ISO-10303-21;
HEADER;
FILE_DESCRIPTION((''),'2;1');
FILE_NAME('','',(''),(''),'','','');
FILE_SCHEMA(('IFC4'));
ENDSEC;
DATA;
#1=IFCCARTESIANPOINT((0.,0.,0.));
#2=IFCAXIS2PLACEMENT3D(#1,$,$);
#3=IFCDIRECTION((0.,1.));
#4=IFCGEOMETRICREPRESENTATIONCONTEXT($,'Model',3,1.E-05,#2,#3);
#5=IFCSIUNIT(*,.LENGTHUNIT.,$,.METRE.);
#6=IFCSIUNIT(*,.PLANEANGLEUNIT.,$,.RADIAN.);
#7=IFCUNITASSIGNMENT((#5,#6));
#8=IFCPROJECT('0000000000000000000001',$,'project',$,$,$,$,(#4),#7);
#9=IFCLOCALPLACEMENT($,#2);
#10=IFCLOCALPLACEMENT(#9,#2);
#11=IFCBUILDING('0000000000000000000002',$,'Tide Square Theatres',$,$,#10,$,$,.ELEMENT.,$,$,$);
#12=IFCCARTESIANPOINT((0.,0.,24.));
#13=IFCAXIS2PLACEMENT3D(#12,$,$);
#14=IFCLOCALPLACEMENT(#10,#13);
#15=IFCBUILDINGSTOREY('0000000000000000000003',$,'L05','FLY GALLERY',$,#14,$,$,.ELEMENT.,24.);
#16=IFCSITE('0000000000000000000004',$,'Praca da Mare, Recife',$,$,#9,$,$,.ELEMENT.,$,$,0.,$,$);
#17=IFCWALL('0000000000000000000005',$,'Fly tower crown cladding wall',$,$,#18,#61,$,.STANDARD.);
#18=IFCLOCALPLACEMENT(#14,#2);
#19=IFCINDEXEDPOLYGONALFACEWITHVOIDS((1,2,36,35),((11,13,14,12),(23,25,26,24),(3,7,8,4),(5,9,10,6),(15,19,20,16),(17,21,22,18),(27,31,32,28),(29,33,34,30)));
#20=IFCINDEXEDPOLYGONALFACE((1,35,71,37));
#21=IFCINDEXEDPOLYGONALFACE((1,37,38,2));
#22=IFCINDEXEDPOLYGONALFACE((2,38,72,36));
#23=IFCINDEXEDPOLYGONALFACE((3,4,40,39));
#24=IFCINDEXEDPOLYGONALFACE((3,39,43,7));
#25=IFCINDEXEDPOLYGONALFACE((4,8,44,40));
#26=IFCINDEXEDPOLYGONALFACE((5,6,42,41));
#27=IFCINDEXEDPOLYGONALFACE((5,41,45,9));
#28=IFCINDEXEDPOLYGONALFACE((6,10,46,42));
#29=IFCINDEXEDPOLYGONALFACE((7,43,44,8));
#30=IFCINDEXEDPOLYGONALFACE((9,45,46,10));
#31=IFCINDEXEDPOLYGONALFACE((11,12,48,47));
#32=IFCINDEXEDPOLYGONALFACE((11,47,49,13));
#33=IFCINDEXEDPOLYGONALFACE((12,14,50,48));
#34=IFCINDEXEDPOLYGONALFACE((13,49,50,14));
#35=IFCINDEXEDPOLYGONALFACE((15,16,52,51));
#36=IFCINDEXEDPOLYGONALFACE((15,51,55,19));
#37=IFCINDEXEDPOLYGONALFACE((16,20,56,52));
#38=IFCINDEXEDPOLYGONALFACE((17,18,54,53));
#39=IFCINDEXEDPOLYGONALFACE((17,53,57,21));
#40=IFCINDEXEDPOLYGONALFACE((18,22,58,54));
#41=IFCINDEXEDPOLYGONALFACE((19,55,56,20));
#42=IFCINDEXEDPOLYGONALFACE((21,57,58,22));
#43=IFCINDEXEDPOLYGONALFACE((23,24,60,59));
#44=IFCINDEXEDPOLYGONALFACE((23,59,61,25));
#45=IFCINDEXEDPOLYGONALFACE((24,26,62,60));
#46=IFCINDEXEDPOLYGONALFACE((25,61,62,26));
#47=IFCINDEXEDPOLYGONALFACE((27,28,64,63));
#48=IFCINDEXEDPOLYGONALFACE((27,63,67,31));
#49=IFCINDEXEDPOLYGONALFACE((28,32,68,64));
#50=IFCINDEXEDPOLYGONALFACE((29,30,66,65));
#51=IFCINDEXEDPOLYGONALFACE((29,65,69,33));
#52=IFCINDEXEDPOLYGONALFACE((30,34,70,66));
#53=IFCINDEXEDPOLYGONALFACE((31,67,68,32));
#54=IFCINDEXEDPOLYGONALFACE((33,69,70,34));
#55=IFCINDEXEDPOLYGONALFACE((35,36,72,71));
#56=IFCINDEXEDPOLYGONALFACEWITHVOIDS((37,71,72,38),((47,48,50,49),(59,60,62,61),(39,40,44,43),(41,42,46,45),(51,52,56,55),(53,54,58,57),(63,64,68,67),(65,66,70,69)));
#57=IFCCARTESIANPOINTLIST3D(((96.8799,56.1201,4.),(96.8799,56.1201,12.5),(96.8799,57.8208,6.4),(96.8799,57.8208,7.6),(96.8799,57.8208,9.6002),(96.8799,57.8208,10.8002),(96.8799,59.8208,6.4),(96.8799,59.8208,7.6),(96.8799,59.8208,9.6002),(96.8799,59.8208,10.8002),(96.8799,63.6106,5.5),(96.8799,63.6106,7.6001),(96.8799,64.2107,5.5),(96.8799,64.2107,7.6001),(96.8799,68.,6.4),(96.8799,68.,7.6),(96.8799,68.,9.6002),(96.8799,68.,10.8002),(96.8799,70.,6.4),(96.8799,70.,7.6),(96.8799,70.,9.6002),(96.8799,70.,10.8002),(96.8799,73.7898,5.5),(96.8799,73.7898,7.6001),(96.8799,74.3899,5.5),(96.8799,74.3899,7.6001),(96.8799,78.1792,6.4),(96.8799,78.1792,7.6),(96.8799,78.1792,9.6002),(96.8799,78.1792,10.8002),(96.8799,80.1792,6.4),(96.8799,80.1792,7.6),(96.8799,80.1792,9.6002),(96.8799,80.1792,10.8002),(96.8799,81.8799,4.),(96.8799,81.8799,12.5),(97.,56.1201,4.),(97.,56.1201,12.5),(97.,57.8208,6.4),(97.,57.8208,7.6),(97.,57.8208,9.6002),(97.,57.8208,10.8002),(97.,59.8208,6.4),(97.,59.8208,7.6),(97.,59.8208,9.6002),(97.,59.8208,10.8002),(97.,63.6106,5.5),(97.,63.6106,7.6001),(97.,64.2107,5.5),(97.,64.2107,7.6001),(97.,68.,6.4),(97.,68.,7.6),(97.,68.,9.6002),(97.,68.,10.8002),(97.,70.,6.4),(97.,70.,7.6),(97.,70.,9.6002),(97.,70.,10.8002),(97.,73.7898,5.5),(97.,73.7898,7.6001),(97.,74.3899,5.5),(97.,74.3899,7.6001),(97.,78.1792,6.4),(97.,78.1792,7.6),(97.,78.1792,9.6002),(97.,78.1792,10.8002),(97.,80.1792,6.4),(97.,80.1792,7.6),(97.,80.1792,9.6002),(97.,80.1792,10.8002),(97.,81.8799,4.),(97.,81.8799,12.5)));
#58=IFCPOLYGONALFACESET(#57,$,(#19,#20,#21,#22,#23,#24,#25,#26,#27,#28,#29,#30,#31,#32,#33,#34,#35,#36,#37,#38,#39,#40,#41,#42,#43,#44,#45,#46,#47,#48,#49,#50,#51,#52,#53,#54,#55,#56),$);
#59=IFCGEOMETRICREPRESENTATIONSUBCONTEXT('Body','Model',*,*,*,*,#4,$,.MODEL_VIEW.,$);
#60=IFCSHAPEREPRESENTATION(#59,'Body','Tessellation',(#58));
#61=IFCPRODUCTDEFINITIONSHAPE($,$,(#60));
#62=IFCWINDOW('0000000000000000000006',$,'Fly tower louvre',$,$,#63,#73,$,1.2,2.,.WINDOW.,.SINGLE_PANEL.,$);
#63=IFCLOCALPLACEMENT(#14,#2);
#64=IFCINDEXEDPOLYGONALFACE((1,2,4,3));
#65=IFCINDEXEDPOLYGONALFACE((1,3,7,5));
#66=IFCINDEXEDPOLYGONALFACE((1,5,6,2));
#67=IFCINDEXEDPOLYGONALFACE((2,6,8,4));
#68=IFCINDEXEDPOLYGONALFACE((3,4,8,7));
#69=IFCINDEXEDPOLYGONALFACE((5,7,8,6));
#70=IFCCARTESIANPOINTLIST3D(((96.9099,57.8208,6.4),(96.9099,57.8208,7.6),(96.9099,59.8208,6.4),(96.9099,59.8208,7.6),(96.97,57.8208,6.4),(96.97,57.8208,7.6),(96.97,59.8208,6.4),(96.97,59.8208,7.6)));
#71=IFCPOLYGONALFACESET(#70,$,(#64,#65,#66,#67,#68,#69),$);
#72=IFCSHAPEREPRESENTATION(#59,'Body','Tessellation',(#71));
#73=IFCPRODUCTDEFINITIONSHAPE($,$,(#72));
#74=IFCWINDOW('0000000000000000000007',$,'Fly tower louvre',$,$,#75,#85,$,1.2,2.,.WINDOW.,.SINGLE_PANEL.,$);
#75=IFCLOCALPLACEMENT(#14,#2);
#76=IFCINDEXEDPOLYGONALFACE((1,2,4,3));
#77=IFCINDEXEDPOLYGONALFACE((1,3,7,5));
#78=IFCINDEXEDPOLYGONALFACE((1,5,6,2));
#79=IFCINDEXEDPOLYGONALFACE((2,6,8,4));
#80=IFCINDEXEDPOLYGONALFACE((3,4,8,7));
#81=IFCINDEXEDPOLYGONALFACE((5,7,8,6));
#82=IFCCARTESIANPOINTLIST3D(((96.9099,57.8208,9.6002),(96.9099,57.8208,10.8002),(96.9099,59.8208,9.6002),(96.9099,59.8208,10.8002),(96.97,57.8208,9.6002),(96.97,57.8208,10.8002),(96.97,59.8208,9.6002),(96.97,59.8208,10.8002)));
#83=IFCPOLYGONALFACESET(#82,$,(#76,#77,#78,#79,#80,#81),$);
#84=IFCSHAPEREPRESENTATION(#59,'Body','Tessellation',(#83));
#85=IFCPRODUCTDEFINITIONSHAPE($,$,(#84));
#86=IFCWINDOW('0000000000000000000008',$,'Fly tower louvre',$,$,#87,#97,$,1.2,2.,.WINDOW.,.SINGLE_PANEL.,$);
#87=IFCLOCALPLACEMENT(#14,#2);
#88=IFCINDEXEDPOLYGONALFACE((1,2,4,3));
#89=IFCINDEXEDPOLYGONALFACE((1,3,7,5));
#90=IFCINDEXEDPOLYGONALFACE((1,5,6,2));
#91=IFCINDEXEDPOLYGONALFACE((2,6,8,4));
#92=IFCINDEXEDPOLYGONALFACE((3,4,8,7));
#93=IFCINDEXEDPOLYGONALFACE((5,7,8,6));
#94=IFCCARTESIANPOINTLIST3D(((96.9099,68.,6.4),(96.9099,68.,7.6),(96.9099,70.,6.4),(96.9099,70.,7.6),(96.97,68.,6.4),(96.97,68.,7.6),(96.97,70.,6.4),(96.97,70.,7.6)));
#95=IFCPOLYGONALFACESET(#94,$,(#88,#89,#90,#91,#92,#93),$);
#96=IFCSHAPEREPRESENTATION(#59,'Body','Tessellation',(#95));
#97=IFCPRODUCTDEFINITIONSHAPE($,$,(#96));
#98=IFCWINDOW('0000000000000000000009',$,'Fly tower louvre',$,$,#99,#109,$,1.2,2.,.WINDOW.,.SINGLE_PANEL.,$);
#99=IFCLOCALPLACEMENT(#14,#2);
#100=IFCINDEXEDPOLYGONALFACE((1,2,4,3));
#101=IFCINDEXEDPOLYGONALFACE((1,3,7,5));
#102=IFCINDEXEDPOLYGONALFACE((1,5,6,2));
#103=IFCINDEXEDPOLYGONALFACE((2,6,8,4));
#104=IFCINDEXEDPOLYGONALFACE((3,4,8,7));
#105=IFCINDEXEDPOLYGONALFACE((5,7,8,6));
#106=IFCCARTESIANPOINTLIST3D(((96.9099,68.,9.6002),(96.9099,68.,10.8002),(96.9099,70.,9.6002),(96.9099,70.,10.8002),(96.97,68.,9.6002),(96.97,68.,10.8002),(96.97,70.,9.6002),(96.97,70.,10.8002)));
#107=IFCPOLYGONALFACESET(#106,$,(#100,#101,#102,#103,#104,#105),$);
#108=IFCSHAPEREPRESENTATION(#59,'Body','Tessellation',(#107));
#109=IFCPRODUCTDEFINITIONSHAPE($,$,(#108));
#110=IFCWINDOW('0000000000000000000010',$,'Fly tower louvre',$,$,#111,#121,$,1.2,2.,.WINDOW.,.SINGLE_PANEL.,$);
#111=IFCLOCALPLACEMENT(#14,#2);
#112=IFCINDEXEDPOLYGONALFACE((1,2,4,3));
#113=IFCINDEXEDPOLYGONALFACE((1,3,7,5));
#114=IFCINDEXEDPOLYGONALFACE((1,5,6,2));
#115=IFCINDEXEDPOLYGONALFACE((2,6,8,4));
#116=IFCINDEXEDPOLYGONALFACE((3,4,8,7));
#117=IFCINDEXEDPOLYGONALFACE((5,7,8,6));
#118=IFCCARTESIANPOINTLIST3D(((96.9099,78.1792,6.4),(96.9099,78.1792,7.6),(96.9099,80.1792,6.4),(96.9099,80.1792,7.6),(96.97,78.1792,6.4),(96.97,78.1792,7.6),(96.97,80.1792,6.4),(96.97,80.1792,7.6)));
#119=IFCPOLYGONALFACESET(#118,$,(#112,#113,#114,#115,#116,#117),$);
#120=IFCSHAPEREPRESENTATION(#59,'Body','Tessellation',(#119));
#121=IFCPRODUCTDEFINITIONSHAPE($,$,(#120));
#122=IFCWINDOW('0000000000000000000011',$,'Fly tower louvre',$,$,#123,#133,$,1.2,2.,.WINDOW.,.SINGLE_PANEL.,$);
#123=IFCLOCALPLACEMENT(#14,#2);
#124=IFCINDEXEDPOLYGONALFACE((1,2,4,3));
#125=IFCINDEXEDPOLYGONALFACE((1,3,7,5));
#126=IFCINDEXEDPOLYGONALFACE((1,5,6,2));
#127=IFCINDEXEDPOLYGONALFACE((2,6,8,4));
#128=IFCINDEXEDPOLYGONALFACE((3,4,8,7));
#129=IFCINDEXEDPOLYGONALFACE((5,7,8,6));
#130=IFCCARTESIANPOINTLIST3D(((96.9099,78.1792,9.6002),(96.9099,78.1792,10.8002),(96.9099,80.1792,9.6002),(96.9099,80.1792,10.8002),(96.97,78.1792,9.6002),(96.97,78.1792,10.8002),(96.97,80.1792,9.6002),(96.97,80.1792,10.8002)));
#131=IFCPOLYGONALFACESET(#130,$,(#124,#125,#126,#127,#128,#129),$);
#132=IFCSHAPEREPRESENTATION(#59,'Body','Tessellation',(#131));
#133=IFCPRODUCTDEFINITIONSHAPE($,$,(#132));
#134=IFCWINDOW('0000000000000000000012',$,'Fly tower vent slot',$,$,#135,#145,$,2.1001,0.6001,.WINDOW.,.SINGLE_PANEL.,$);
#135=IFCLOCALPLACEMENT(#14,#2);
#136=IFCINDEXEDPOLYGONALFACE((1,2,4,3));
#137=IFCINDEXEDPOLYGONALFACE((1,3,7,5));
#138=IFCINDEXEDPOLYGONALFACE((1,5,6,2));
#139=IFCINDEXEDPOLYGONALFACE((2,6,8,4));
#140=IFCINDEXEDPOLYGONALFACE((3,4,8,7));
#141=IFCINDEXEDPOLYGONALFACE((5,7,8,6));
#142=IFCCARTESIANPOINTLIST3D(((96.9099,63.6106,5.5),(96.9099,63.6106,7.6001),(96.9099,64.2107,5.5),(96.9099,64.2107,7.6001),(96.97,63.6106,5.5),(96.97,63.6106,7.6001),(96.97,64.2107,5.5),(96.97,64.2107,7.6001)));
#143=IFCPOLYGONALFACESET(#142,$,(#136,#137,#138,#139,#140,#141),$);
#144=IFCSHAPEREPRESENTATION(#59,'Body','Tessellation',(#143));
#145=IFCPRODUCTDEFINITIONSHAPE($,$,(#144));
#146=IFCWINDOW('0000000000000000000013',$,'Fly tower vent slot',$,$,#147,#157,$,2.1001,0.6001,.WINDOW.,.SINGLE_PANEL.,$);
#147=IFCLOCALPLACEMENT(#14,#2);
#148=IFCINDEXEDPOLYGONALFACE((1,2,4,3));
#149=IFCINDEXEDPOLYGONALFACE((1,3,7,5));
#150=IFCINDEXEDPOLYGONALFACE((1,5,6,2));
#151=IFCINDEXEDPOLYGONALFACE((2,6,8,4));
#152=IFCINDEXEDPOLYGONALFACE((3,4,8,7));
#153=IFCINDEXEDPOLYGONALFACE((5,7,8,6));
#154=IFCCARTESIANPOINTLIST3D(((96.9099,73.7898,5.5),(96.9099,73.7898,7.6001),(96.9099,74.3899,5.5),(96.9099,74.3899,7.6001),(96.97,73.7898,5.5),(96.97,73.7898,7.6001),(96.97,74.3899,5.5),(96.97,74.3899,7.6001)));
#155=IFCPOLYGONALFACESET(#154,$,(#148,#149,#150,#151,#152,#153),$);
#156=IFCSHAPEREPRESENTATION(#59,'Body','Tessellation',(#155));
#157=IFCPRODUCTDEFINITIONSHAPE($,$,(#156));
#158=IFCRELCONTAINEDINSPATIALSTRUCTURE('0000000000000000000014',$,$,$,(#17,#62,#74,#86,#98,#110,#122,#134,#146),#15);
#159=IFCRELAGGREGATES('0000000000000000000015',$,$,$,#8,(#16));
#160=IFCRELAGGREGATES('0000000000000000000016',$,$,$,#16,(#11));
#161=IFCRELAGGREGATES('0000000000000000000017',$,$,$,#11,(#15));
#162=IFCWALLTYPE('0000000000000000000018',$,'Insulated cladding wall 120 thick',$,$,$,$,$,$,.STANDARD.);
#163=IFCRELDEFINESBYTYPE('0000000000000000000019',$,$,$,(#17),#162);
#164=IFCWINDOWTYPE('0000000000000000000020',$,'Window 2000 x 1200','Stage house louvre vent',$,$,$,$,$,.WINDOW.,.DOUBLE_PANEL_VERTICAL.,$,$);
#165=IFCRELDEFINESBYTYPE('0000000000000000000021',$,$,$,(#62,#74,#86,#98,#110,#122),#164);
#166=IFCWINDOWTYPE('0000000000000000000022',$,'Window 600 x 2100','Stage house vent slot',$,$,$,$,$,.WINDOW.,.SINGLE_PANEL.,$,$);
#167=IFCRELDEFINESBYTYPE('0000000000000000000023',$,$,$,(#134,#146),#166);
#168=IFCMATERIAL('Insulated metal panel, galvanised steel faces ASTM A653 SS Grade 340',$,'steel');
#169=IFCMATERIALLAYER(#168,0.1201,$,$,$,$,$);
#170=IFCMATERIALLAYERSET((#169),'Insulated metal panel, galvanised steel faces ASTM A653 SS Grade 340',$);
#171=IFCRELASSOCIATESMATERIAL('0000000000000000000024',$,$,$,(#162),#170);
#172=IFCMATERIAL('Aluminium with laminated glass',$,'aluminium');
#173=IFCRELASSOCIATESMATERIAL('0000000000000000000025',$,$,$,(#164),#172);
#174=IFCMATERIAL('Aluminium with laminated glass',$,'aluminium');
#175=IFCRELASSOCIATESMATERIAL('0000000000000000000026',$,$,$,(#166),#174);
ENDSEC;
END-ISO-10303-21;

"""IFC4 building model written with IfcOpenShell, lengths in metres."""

from ifc_helpers import new_model, si_unit, direction, frame, frame_2d, origin, place, context, subcontext, project, spatial, rectangle, extrude, material, layer, layer_set, type_object, element, fill, save


model = new_model("IFC4")

# Units and contexts
model_context = context("Model", 3, precision=1e-05, world=origin(), true_north=direction((0.0, 1.0)))
body_context = subcontext(model_context, "Body", "Model", "MODEL_VIEW")
ifc_project = project(units=[si_unit("LENGTHUNIT", "METRE"), si_unit("PLANEANGLEUNIT", "RADIAN")], contexts=[model_context])

# Site, building, storey
site_placement = place(None, origin())
site = spatial("IfcSite", under=ifc_project, at=site_placement, Name="Praca da Mare, Recife", CompositionType="ELEMENT", RefElevation=0.0)
building_placement = place(site_placement, origin())
building = spatial("IfcBuilding", under=site, at=building_placement, Name="Tide Square Theatres", CompositionType="ELEMENT")
storey_placement = place(building_placement, frame((0.0, 0.0, 24.0)))
storey = spatial("IfcBuildingStorey", under=building, at=storey_placement, Name="L05", Description="FLY GALLERY", CompositionType="ELEMENT", Elevation=24.0)

# Wall, openings, windows
ifc_material_1 = material(Name="Insulated metal panel, galvanised steel faces ASTM A653 SS Grade 340", Category="steel")
ifc_layer_1 = layer(ifc_material_1, 0.1201)
ifc_layer_set_1 = layer_set([ifc_layer_1], Name="Insulated metal panel, galvanised steel faces ASTM A653 SS Grade 340")
wall_type_1 = type_object("IfcWallType", Name="Insulated cladding wall 120 thick", PredefinedType="STANDARD", material=ifc_layer_set_1)
ifc_material_2 = material(Name="Aluminium with laminated glass", Category="aluminium")
window_type_1 = type_object("IfcWindowType", Name="Window 2000 x 1200", Description="Stage house louvre vent", PartitioningType="DOUBLE_PANEL_VERTICAL", PredefinedType="WINDOW", material=ifc_material_2)
ifc_material_3 = material(Name="Aluminium with laminated glass", Category="aluminium")
window_type_2 = type_object("IfcWindowType", Name="Window 600 x 2100", Description="Stage house vent slot", PartitioningType="SINGLE_PANEL", PredefinedType="WINDOW", material=ifc_material_3)
wall_1_placement = place(storey_placement, frame((96.9399, 56.1201, 4.0), z_axis=(0.0, 0.0, 1.0), x_axis=(0.0, 1.0, 0.0)))
wall_1 = element("IfcWall", 1, at=wall_1_placement, inside=storey, type_object=wall_type_1, Name="Fly tower crown cladding wall", PredefinedType="STANDARD", context=body_context, shape_type="SweptSolid", body=[
    extrude(rectangle(XDim=25.7598, YDim=0.1201, at=frame_2d((12.8799, 0.0))), origin(), (0.0, 0.0, 1.0), 8.5),
])
opening_1_placement = place(wall_1_placement, frame((1.7007, 0.0, 2.3999)))
opening_1 = element("IfcOpeningElement", 2, at=opening_1_placement, cuts=wall_1, PredefinedType="OPENING", context=body_context, shape_type="SweptSolid", body=[
    extrude(rectangle(XDim=2.0, YDim=1.2, at=frame_2d((1.0, 0.6001))), frame((0.0, 0.0701, 0.0), z_axis=(0.0, -1.0, 0.0), x_axis=(1.0, 0.0, 0.0)), (0.0, 0.0, 1.0), 0.1401),
])
opening_2_placement = place(wall_1_placement, frame((1.7007, 0.0, 5.6001)))
opening_2 = element("IfcOpeningElement", 3, at=opening_2_placement, cuts=wall_1, PredefinedType="OPENING", context=body_context, shape_type="SweptSolid", body=[
    extrude(rectangle(XDim=2.0, YDim=1.2, at=frame_2d((1.0, 0.6001))), frame((0.0, 0.0701, 0.0), z_axis=(0.0, -1.0, 0.0), x_axis=(1.0, 0.0, 0.0)), (0.0, 0.0, 1.0), 0.1401),
])
opening_3_placement = place(wall_1_placement, frame((11.8799, 0.0, 2.3999)))
opening_3 = element("IfcOpeningElement", 4, at=opening_3_placement, cuts=wall_1, PredefinedType="OPENING", context=body_context, shape_type="SweptSolid", body=[
    extrude(rectangle(XDim=2.0, YDim=1.2, at=frame_2d((1.0, 0.6001))), frame((0.0, 0.0701, 0.0), z_axis=(0.0, -1.0, 0.0), x_axis=(1.0, 0.0, 0.0)), (0.0, 0.0, 1.0), 0.1401),
])
opening_4_placement = place(wall_1_placement, frame((11.8799, 0.0, 5.6001)))
opening_4 = element("IfcOpeningElement", 5, at=opening_4_placement, cuts=wall_1, PredefinedType="OPENING", context=body_context, shape_type="SweptSolid", body=[
    extrude(rectangle(XDim=2.0, YDim=1.2, at=frame_2d((1.0, 0.6001))), frame((0.0, 0.0701, 0.0), z_axis=(0.0, -1.0, 0.0), x_axis=(1.0, 0.0, 0.0)), (0.0, 0.0, 1.0), 0.1401),
])
opening_5_placement = place(wall_1_placement, frame((22.0591, 0.0, 2.3999)))
opening_5 = element("IfcOpeningElement", 6, at=opening_5_placement, cuts=wall_1, PredefinedType="OPENING", context=body_context, shape_type="SweptSolid", body=[
    extrude(rectangle(XDim=2.0, YDim=1.2, at=frame_2d((1.0, 0.6001))), frame((0.0, 0.0701, 0.0), z_axis=(0.0, -1.0, 0.0), x_axis=(1.0, 0.0, 0.0)), (0.0, 0.0, 1.0), 0.1401),
])
opening_6_placement = place(wall_1_placement, frame((22.0591, 0.0, 5.6001)))
opening_6 = element("IfcOpeningElement", 7, at=opening_6_placement, cuts=wall_1, PredefinedType="OPENING", context=body_context, shape_type="SweptSolid", body=[
    extrude(rectangle(XDim=2.0, YDim=1.2, at=frame_2d((1.0, 0.6001))), frame((0.0, 0.0701, 0.0), z_axis=(0.0, -1.0, 0.0), x_axis=(1.0, 0.0, 0.0)), (0.0, 0.0, 1.0), 0.1401),
])
opening_7_placement = place(wall_1_placement, frame((7.4905, 0.0, 1.5)))
opening_7 = element("IfcOpeningElement", 8, at=opening_7_placement, cuts=wall_1, PredefinedType="OPENING", context=body_context, shape_type="SweptSolid", body=[
    extrude(rectangle(XDim=0.6001, YDim=2.1001, at=frame_2d((0.3, 1.05))), frame((0.0, 0.0701, 0.0), z_axis=(0.0, -1.0, 0.0), x_axis=(1.0, 0.0, 0.0)), (0.0, 0.0, 1.0), 0.1401),
])
opening_8_placement = place(wall_1_placement, frame((17.6697, 0.0, 1.5)))
opening_8 = element("IfcOpeningElement", 9, at=opening_8_placement, cuts=wall_1, PredefinedType="OPENING", context=body_context, shape_type="SweptSolid", body=[
    extrude(rectangle(XDim=0.6001, YDim=2.1001, at=frame_2d((0.3, 1.05))), frame((0.0, 0.0701, 0.0), z_axis=(0.0, -1.0, 0.0), x_axis=(1.0, 0.0, 0.0)), (0.0, 0.0, 1.0), 0.1401),
])
window_1_placement = place(opening_1_placement, origin())
window_1 = element("IfcWindow", 10, at=window_1_placement, inside=storey, type_object=window_type_1, Name="Fly tower louvre", OverallHeight=1.2, OverallWidth=2.0, PartitioningType="SINGLE_PANEL", PredefinedType="WINDOW", context=body_context, shape_type="SweptSolid", body=[
    extrude(rectangle(XDim=2.0, YDim=1.2, at=frame_2d((1.0, 0.6001))), frame((0.0, 0.03, 0.0), z_axis=(0.0, -1.0, 0.0), x_axis=(1.0, 0.0, 0.0)), (0.0, 0.0, 1.0), 0.0601),
])
fill(opening_1, window_1)
window_2_placement = place(opening_2_placement, origin())
window_2 = element("IfcWindow", 11, at=window_2_placement, inside=storey, type_object=window_type_1, Name="Fly tower louvre", OverallHeight=1.2, OverallWidth=2.0, PartitioningType="SINGLE_PANEL", PredefinedType="WINDOW", context=body_context, shape_type="SweptSolid", body=[
    extrude(rectangle(XDim=2.0, YDim=1.2, at=frame_2d((1.0, 0.6001))), frame((0.0, 0.03, 0.0), z_axis=(0.0, -1.0, 0.0), x_axis=(1.0, 0.0, 0.0)), (0.0, 0.0, 1.0), 0.0601),
])
fill(opening_2, window_2)
window_3_placement = place(opening_3_placement, origin())
window_3 = element("IfcWindow", 12, at=window_3_placement, inside=storey, type_object=window_type_1, Name="Fly tower louvre", OverallHeight=1.2, OverallWidth=2.0, PartitioningType="SINGLE_PANEL", PredefinedType="WINDOW", context=body_context, shape_type="SweptSolid", body=[
    extrude(rectangle(XDim=2.0, YDim=1.2, at=frame_2d((1.0, 0.6001))), frame((0.0, 0.03, 0.0), z_axis=(0.0, -1.0, 0.0), x_axis=(1.0, 0.0, 0.0)), (0.0, 0.0, 1.0), 0.0601),
])
fill(opening_3, window_3)
window_4_placement = place(opening_4_placement, origin())
window_4 = element("IfcWindow", 13, at=window_4_placement, inside=storey, type_object=window_type_1, Name="Fly tower louvre", OverallHeight=1.2, OverallWidth=2.0, PartitioningType="SINGLE_PANEL", PredefinedType="WINDOW", context=body_context, shape_type="SweptSolid", body=[
    extrude(rectangle(XDim=2.0, YDim=1.2, at=frame_2d((1.0, 0.6001))), frame((0.0, 0.03, 0.0), z_axis=(0.0, -1.0, 0.0), x_axis=(1.0, 0.0, 0.0)), (0.0, 0.0, 1.0), 0.0601),
])
fill(opening_4, window_4)
window_5_placement = place(opening_5_placement, origin())
window_5 = element("IfcWindow", 14, at=window_5_placement, inside=storey, type_object=window_type_1, Name="Fly tower louvre", OverallHeight=1.2, OverallWidth=2.0, PartitioningType="SINGLE_PANEL", PredefinedType="WINDOW", context=body_context, shape_type="SweptSolid", body=[
    extrude(rectangle(XDim=2.0, YDim=1.2, at=frame_2d((1.0, 0.6001))), frame((0.0, 0.03, 0.0), z_axis=(0.0, -1.0, 0.0), x_axis=(1.0, 0.0, 0.0)), (0.0, 0.0, 1.0), 0.0601),
])
fill(opening_5, window_5)
window_6_placement = place(opening_6_placement, origin())
window_6 = element("IfcWindow", 15, at=window_6_placement, inside=storey, type_object=window_type_1, Name="Fly tower louvre", OverallHeight=1.2, OverallWidth=2.0, PartitioningType="SINGLE_PANEL", PredefinedType="WINDOW", context=body_context, shape_type="SweptSolid", body=[
    extrude(rectangle(XDim=2.0, YDim=1.2, at=frame_2d((1.0, 0.6001))), frame((0.0, 0.03, 0.0), z_axis=(0.0, -1.0, 0.0), x_axis=(1.0, 0.0, 0.0)), (0.0, 0.0, 1.0), 0.0601),
])
fill(opening_6, window_6)
window_7_placement = place(opening_7_placement, origin())
window_7 = element("IfcWindow", 16, at=window_7_placement, inside=storey, type_object=window_type_2, Name="Fly tower vent slot", OverallHeight=2.1001, OverallWidth=0.6001, PartitioningType="SINGLE_PANEL", PredefinedType="WINDOW", context=body_context, shape_type="SweptSolid", body=[
    extrude(rectangle(XDim=0.6001, YDim=2.1001, at=frame_2d((0.3, 1.05))), frame((0.0, 0.03, 0.0), z_axis=(0.0, -1.0, 0.0), x_axis=(1.0, 0.0, 0.0)), (0.0, 0.0, 1.0), 0.0601),
])
fill(opening_7, window_7)
window_8_placement = place(opening_8_placement, origin())
window_8 = element("IfcWindow", 17, at=window_8_placement, inside=storey, type_object=window_type_2, Name="Fly tower vent slot", OverallHeight=2.1001, OverallWidth=0.6001, PartitioningType="SINGLE_PANEL", PredefinedType="WINDOW", context=body_context, shape_type="SweptSolid", body=[
    extrude(rectangle(XDim=0.6001, YDim=2.1001, at=frame_2d((0.3, 1.05))), frame((0.0, 0.03, 0.0), z_axis=(0.0, -1.0, 0.0), x_axis=(1.0, 0.0, 0.0)), (0.0, 0.0, 1.0), 0.0601),
])
fill(opening_8, window_8)

save(model, "model.ifc")
